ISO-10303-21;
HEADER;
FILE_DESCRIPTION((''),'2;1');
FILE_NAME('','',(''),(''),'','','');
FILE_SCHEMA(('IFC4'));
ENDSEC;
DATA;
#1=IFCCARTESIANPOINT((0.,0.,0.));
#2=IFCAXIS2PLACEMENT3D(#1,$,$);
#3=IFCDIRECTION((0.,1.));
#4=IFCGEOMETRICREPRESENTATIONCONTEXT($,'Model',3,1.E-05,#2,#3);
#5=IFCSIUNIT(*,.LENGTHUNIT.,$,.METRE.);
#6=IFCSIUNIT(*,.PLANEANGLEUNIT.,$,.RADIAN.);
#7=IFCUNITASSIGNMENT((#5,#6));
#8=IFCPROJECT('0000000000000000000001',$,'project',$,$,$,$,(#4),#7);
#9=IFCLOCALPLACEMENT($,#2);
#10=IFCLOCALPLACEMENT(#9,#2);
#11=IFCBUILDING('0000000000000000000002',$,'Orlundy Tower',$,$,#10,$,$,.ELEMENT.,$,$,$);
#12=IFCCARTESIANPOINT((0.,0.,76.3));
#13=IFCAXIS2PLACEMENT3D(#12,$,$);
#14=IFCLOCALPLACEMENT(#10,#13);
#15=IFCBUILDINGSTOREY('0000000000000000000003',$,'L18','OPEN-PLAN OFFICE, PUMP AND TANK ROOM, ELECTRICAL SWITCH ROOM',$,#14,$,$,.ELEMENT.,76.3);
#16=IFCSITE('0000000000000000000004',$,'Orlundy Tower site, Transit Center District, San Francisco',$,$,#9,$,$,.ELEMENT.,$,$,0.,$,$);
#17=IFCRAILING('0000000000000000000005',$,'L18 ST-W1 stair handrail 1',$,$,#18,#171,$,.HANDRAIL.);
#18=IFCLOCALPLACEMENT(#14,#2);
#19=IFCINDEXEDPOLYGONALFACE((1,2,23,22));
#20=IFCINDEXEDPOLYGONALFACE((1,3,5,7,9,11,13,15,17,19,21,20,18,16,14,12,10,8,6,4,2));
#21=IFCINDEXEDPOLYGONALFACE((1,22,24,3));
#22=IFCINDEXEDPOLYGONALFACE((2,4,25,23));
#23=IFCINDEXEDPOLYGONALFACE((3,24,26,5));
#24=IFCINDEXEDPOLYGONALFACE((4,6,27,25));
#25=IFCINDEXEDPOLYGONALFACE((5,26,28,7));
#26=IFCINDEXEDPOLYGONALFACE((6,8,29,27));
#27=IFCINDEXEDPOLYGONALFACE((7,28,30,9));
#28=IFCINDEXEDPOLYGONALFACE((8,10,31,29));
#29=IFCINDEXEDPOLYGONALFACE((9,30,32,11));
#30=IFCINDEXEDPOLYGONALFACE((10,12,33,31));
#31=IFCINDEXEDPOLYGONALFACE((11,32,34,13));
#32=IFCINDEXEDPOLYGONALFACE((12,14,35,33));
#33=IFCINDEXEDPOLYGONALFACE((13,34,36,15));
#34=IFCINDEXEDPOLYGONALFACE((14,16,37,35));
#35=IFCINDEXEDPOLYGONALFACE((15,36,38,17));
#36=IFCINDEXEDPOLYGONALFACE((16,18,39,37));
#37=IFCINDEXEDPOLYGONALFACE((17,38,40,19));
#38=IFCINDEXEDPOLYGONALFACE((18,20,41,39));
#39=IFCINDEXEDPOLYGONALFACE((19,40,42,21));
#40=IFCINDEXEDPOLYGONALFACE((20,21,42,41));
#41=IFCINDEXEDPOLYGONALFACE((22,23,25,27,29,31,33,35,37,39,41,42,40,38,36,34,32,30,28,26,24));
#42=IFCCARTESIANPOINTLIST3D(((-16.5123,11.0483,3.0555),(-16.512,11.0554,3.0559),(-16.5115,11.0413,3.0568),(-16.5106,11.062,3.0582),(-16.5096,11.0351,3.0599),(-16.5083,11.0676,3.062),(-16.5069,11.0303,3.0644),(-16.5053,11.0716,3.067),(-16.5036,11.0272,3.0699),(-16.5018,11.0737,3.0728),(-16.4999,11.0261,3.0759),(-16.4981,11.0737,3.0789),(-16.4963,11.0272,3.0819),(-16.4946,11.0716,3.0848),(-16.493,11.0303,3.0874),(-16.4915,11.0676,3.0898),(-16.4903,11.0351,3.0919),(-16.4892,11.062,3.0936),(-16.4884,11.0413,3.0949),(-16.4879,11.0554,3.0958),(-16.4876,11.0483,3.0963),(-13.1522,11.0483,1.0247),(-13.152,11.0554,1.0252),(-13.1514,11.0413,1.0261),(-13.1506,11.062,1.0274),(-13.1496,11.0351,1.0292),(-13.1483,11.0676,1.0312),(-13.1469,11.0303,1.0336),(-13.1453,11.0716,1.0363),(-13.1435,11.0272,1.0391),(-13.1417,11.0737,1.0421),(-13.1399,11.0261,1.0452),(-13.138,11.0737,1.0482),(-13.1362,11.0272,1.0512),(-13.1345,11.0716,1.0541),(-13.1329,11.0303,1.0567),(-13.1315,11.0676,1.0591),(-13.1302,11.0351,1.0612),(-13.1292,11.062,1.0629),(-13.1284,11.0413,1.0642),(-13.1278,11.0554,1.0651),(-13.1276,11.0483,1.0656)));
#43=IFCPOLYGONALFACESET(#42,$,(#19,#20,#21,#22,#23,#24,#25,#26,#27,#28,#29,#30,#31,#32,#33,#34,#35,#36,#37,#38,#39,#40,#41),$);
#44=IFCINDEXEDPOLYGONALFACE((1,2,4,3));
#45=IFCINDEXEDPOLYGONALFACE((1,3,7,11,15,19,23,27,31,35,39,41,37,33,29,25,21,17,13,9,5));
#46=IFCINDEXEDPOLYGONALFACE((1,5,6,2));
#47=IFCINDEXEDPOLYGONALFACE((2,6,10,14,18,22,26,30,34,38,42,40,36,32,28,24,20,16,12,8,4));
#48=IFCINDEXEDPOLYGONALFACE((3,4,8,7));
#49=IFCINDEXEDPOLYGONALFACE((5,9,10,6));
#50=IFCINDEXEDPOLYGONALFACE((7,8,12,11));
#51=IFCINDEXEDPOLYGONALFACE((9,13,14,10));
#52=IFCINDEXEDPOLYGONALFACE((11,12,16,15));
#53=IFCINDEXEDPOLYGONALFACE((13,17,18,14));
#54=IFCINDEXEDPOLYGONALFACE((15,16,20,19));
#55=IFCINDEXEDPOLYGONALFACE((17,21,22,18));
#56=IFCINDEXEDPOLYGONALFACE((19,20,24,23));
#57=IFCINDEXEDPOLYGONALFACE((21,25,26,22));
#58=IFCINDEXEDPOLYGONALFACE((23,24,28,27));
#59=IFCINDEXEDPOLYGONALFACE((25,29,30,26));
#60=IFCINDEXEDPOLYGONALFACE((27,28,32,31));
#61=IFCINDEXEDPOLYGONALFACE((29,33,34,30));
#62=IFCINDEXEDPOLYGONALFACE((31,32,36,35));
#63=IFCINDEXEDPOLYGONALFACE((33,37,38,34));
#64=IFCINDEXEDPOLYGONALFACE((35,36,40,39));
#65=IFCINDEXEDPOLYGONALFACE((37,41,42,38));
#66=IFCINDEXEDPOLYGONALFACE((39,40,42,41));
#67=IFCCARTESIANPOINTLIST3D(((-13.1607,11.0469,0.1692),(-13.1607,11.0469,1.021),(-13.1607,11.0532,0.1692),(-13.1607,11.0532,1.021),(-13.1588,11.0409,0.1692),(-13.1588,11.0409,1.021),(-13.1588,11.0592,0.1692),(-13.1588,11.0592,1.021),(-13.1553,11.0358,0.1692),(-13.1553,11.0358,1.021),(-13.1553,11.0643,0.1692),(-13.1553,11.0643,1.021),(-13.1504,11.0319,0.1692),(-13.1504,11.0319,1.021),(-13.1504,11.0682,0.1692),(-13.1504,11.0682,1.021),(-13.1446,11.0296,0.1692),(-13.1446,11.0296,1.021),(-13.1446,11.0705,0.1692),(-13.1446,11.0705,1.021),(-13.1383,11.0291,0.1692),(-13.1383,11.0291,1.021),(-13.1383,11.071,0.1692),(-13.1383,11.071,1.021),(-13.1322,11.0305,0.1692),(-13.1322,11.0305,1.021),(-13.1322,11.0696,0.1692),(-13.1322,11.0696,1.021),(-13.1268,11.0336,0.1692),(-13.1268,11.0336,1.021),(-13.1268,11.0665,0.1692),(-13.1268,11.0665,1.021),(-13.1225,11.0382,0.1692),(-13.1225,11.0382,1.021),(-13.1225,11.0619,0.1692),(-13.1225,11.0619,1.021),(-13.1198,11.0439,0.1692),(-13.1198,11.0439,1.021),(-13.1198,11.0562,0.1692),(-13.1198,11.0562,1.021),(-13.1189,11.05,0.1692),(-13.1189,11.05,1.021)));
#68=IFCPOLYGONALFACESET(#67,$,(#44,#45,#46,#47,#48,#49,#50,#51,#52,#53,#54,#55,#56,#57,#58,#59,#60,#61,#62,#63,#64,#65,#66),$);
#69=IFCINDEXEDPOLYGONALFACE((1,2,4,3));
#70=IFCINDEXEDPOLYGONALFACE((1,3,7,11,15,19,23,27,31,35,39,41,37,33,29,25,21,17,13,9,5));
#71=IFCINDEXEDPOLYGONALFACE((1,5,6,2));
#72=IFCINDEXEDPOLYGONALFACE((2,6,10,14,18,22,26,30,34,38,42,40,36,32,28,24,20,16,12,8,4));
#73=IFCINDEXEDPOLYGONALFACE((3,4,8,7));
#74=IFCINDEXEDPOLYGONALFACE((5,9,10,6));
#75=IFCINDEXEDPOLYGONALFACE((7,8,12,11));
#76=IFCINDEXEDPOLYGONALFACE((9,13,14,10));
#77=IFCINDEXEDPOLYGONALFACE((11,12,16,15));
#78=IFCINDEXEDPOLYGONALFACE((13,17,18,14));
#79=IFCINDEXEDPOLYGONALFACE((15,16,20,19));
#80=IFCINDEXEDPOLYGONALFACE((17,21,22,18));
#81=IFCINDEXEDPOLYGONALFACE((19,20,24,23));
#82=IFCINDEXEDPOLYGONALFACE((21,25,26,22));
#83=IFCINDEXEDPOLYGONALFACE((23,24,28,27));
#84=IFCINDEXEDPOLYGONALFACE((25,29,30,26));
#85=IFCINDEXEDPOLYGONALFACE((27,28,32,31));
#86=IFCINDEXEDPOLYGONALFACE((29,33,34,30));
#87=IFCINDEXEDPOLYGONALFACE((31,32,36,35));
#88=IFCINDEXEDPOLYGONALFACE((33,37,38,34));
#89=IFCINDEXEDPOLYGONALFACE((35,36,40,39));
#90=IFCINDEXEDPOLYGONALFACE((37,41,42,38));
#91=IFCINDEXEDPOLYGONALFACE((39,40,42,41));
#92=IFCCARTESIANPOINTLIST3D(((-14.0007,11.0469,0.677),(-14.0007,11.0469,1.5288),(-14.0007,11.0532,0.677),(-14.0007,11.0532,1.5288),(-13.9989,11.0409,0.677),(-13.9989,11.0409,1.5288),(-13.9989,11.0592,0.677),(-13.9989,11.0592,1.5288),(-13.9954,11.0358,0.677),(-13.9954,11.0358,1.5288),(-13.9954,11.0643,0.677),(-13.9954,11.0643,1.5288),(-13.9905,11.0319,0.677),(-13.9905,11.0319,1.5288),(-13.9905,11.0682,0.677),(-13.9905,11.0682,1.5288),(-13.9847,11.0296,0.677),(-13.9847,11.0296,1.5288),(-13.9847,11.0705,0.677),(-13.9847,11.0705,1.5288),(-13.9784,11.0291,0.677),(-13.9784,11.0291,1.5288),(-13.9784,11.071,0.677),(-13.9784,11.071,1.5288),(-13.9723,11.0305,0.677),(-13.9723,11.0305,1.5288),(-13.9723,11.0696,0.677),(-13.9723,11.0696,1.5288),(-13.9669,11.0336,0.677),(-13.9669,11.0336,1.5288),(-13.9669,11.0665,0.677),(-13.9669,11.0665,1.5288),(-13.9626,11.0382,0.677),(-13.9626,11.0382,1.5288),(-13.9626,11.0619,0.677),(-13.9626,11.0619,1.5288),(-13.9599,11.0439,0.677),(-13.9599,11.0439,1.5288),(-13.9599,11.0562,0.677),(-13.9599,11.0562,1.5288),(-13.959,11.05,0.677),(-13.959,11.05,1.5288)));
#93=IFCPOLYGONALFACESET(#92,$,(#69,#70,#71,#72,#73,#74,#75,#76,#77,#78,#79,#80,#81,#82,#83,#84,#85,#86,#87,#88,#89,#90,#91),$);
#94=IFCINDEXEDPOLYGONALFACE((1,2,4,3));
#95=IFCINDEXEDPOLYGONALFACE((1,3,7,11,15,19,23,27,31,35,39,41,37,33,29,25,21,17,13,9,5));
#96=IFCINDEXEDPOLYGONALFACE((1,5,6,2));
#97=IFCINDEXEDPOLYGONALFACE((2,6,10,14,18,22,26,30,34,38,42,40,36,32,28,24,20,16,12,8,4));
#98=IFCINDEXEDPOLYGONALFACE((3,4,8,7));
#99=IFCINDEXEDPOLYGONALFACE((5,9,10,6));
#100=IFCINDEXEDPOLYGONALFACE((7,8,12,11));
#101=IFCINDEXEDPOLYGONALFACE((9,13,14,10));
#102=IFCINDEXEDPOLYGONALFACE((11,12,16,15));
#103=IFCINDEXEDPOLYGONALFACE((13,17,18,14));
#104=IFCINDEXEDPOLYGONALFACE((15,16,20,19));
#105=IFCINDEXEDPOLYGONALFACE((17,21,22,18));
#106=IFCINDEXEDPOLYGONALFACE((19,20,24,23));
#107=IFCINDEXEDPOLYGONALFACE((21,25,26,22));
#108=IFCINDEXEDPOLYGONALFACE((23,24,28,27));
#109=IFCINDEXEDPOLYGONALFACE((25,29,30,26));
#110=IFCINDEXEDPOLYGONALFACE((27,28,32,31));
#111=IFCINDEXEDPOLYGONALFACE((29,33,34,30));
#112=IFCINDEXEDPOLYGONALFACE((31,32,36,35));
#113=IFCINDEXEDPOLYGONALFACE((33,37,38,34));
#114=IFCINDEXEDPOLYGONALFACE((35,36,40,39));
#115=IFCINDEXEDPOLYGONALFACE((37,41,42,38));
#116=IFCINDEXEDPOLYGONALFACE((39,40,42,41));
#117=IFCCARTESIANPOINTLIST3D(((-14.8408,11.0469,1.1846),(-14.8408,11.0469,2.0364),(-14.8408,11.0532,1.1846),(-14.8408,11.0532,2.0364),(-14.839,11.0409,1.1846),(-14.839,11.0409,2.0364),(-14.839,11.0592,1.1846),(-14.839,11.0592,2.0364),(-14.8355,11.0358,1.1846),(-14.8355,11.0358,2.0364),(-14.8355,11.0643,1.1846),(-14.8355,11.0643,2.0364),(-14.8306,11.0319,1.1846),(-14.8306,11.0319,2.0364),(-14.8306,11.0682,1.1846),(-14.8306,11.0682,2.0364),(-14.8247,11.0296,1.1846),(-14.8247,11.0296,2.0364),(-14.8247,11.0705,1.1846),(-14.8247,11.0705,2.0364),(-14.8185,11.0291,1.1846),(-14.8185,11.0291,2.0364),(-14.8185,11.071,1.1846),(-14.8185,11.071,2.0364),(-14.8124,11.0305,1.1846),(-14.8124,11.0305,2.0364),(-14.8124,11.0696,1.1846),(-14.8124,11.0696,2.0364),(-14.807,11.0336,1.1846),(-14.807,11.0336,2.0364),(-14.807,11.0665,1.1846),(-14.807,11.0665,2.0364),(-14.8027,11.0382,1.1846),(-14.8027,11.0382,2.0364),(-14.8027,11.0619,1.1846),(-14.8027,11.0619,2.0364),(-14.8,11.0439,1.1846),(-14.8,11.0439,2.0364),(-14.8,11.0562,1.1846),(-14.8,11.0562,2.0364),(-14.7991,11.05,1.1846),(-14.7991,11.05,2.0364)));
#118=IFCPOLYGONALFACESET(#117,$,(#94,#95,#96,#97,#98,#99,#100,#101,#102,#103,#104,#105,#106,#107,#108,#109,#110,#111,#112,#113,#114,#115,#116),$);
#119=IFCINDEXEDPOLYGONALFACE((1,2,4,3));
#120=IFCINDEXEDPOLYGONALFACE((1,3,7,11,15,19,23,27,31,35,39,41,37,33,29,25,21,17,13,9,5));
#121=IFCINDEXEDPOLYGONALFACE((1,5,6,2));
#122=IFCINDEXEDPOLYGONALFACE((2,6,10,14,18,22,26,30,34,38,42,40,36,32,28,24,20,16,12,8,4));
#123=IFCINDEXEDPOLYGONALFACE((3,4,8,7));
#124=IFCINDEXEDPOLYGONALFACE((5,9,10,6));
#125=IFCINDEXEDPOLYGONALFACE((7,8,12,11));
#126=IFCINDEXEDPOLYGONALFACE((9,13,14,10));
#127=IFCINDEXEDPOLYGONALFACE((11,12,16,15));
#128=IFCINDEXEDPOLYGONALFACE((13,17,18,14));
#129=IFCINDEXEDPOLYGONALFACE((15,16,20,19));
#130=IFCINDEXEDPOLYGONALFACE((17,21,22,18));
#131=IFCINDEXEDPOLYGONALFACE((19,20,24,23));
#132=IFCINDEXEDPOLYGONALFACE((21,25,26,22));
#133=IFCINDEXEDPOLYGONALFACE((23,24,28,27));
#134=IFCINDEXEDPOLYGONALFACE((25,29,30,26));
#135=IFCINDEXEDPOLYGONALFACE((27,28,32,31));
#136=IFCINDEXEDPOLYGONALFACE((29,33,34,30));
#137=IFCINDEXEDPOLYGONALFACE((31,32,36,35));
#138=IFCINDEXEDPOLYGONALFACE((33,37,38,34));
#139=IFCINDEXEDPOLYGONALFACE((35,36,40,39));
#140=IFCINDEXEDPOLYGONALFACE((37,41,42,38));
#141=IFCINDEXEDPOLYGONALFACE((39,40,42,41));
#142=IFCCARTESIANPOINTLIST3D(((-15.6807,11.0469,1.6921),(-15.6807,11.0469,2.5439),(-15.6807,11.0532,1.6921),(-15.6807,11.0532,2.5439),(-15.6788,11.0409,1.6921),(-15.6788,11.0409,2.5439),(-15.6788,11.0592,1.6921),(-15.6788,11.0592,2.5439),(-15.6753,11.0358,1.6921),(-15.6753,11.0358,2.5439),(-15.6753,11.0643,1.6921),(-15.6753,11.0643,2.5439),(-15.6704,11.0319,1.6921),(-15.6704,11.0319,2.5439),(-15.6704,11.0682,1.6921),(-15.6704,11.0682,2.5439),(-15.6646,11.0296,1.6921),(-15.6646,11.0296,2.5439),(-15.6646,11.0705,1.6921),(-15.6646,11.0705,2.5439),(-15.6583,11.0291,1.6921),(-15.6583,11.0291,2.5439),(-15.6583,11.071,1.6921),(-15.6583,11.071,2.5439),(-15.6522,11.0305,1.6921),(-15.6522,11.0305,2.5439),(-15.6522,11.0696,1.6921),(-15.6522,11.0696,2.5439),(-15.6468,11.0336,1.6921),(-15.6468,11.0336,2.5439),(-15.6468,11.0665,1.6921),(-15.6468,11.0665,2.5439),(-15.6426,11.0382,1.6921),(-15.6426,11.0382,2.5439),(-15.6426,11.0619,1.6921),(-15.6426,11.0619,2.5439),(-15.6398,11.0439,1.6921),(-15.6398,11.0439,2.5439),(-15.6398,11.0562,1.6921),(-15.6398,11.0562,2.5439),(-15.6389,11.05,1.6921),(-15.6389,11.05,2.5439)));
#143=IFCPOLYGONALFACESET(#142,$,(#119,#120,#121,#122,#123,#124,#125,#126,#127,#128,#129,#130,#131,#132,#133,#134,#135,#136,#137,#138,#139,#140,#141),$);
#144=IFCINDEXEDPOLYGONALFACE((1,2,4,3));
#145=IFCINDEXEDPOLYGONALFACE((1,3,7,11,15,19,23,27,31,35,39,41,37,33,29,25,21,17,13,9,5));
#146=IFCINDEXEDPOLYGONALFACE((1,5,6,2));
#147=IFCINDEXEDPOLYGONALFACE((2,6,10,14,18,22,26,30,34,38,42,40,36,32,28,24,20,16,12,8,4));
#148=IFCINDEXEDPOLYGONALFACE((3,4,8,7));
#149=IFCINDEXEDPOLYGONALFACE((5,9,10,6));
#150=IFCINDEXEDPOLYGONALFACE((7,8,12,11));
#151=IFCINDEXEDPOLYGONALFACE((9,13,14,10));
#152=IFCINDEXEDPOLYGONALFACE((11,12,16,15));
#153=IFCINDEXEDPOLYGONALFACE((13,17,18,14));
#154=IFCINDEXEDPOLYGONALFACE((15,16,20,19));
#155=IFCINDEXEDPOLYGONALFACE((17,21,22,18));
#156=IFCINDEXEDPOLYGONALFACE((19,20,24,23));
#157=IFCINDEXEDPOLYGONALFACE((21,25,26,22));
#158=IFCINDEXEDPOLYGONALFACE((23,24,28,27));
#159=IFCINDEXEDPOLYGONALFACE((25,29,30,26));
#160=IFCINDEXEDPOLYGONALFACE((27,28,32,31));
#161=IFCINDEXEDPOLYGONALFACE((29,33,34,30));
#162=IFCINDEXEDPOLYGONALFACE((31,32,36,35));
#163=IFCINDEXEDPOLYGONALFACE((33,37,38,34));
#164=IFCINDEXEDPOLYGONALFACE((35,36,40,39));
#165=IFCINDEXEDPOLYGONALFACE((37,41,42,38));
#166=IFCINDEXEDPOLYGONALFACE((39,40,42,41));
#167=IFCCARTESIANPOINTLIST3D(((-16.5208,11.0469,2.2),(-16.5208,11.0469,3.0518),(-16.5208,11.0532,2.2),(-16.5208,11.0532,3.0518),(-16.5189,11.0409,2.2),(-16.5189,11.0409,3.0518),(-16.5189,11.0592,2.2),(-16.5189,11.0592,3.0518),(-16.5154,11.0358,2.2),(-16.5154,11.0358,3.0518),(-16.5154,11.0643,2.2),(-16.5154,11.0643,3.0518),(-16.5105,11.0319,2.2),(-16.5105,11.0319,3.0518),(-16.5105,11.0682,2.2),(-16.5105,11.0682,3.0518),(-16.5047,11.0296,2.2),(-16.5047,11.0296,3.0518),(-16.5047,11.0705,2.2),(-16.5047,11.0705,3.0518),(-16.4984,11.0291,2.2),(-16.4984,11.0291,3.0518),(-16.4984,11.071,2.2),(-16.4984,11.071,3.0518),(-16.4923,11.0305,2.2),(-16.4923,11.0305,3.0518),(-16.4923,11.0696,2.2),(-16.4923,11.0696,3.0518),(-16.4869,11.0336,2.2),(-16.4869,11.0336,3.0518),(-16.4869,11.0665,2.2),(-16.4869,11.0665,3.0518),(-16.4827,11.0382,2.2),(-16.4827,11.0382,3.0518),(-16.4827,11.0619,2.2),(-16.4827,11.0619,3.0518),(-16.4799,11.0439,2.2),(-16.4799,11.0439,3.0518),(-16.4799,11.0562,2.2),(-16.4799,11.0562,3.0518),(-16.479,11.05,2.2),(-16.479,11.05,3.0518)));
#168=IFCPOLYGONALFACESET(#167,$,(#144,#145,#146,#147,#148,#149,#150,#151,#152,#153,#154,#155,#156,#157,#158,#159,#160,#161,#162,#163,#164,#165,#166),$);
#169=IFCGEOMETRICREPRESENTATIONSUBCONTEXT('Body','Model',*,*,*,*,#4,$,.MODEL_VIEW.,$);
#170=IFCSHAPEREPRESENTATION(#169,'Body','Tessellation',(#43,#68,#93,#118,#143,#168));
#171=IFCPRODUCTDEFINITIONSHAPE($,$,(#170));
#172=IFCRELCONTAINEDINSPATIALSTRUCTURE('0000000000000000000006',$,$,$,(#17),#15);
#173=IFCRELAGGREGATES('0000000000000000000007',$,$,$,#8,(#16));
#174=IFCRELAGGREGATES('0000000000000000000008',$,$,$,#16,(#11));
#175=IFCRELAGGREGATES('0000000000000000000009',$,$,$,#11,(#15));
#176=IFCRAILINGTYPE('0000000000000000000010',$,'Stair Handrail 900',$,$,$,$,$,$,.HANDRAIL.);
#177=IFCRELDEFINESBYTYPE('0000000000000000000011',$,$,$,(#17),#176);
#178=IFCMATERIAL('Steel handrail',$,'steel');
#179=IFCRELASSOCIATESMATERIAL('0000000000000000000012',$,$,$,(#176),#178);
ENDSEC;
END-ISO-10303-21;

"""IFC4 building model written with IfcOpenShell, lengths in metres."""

from ifc_helpers import new_model, si_unit, direction, frame, origin, origin_2d, place, context, subcontext, project, spatial, circle, extrude, material, type_object, element, save


model = new_model("IFC4")

# Units and contexts
model_context = context("Model", 3, precision=1e-05, world=origin(), true_north=direction((0.0, 1.0)))
body_context = subcontext(model_context, "Body", "Model", "MODEL_VIEW")
ifc_project = project(units=[si_unit("LENGTHUNIT", "METRE"), si_unit("PLANEANGLEUNIT", "RADIAN")], contexts=[model_context])

# Site, building, storey
site_placement = place(None, origin())
site = spatial("IfcSite", under=ifc_project, at=site_placement, Name="Orlundy Tower site, Transit Center District, San Francisco", CompositionType="ELEMENT", RefElevation=0.0)
building_placement = place(site_placement, origin())
building = spatial("IfcBuilding", under=site, at=building_placement, Name="Orlundy Tower", CompositionType="ELEMENT")
storey_placement = place(building_placement, frame((0.0, 0.0, 76.3)))
storey = spatial("IfcBuildingStorey", under=building, at=storey_placement, Name="L18", Description="OPEN-PLAN OFFICE, PUMP AND TANK ROOM, ELECTRICAL SWITCH ROOM", CompositionType="ELEMENT", Elevation=76.3)

# Railing
ifc_material_1 = material(Name="Steel handrail", Category="steel")
railing_type_1 = type_object("IfcRailingType", Name="Stair Handrail 900", PredefinedType="HANDRAIL", material=ifc_material_1)
railing_1_placement = place(storey_placement, frame((-13.1399, 11.05, 0.1692)))
element("IfcRailing", 1, at=railing_1_placement, inside=storey, type_object=railing_type_1, Name="L18 ST-W1 stair handrail 1", PredefinedType="HANDRAIL", context=body_context, shape_type="SweptSolid", body=[
    extrude(circle(Radius=0.0239, at=origin_2d()), frame((0.0, 0.0, 0.876), z_axis=(-0.855837, 0.0, 0.517246), x_axis=(0.0, -1.0, 0.0)), (0.0, 0.0, 1.0), 3.926),
    extrude(circle(Radius=0.021, at=origin_2d()), origin(), (0.0, 0.0, 1.0), 0.8518),
    extrude(circle(Radius=0.021, at=origin_2d()), frame((-0.8401, 0.0, 0.5078)), (0.0, 0.0, 1.0), 0.8518),
    extrude(circle(Radius=0.021, at=origin_2d()), frame((-1.6802, 0.0, 1.0154)), (0.0, 0.0, 1.0), 0.8518),
    extrude(circle(Radius=0.021, at=origin_2d()), frame((-2.52, 0.0, 1.5229)), (0.0, 0.0, 1.0), 0.8518),
    extrude(circle(Radius=0.021, at=origin_2d()), frame((-3.3601, 0.0, 2.0308)), (0.0, 0.0, 1.0), 0.8518),
])

save(model, "model.ifc")
